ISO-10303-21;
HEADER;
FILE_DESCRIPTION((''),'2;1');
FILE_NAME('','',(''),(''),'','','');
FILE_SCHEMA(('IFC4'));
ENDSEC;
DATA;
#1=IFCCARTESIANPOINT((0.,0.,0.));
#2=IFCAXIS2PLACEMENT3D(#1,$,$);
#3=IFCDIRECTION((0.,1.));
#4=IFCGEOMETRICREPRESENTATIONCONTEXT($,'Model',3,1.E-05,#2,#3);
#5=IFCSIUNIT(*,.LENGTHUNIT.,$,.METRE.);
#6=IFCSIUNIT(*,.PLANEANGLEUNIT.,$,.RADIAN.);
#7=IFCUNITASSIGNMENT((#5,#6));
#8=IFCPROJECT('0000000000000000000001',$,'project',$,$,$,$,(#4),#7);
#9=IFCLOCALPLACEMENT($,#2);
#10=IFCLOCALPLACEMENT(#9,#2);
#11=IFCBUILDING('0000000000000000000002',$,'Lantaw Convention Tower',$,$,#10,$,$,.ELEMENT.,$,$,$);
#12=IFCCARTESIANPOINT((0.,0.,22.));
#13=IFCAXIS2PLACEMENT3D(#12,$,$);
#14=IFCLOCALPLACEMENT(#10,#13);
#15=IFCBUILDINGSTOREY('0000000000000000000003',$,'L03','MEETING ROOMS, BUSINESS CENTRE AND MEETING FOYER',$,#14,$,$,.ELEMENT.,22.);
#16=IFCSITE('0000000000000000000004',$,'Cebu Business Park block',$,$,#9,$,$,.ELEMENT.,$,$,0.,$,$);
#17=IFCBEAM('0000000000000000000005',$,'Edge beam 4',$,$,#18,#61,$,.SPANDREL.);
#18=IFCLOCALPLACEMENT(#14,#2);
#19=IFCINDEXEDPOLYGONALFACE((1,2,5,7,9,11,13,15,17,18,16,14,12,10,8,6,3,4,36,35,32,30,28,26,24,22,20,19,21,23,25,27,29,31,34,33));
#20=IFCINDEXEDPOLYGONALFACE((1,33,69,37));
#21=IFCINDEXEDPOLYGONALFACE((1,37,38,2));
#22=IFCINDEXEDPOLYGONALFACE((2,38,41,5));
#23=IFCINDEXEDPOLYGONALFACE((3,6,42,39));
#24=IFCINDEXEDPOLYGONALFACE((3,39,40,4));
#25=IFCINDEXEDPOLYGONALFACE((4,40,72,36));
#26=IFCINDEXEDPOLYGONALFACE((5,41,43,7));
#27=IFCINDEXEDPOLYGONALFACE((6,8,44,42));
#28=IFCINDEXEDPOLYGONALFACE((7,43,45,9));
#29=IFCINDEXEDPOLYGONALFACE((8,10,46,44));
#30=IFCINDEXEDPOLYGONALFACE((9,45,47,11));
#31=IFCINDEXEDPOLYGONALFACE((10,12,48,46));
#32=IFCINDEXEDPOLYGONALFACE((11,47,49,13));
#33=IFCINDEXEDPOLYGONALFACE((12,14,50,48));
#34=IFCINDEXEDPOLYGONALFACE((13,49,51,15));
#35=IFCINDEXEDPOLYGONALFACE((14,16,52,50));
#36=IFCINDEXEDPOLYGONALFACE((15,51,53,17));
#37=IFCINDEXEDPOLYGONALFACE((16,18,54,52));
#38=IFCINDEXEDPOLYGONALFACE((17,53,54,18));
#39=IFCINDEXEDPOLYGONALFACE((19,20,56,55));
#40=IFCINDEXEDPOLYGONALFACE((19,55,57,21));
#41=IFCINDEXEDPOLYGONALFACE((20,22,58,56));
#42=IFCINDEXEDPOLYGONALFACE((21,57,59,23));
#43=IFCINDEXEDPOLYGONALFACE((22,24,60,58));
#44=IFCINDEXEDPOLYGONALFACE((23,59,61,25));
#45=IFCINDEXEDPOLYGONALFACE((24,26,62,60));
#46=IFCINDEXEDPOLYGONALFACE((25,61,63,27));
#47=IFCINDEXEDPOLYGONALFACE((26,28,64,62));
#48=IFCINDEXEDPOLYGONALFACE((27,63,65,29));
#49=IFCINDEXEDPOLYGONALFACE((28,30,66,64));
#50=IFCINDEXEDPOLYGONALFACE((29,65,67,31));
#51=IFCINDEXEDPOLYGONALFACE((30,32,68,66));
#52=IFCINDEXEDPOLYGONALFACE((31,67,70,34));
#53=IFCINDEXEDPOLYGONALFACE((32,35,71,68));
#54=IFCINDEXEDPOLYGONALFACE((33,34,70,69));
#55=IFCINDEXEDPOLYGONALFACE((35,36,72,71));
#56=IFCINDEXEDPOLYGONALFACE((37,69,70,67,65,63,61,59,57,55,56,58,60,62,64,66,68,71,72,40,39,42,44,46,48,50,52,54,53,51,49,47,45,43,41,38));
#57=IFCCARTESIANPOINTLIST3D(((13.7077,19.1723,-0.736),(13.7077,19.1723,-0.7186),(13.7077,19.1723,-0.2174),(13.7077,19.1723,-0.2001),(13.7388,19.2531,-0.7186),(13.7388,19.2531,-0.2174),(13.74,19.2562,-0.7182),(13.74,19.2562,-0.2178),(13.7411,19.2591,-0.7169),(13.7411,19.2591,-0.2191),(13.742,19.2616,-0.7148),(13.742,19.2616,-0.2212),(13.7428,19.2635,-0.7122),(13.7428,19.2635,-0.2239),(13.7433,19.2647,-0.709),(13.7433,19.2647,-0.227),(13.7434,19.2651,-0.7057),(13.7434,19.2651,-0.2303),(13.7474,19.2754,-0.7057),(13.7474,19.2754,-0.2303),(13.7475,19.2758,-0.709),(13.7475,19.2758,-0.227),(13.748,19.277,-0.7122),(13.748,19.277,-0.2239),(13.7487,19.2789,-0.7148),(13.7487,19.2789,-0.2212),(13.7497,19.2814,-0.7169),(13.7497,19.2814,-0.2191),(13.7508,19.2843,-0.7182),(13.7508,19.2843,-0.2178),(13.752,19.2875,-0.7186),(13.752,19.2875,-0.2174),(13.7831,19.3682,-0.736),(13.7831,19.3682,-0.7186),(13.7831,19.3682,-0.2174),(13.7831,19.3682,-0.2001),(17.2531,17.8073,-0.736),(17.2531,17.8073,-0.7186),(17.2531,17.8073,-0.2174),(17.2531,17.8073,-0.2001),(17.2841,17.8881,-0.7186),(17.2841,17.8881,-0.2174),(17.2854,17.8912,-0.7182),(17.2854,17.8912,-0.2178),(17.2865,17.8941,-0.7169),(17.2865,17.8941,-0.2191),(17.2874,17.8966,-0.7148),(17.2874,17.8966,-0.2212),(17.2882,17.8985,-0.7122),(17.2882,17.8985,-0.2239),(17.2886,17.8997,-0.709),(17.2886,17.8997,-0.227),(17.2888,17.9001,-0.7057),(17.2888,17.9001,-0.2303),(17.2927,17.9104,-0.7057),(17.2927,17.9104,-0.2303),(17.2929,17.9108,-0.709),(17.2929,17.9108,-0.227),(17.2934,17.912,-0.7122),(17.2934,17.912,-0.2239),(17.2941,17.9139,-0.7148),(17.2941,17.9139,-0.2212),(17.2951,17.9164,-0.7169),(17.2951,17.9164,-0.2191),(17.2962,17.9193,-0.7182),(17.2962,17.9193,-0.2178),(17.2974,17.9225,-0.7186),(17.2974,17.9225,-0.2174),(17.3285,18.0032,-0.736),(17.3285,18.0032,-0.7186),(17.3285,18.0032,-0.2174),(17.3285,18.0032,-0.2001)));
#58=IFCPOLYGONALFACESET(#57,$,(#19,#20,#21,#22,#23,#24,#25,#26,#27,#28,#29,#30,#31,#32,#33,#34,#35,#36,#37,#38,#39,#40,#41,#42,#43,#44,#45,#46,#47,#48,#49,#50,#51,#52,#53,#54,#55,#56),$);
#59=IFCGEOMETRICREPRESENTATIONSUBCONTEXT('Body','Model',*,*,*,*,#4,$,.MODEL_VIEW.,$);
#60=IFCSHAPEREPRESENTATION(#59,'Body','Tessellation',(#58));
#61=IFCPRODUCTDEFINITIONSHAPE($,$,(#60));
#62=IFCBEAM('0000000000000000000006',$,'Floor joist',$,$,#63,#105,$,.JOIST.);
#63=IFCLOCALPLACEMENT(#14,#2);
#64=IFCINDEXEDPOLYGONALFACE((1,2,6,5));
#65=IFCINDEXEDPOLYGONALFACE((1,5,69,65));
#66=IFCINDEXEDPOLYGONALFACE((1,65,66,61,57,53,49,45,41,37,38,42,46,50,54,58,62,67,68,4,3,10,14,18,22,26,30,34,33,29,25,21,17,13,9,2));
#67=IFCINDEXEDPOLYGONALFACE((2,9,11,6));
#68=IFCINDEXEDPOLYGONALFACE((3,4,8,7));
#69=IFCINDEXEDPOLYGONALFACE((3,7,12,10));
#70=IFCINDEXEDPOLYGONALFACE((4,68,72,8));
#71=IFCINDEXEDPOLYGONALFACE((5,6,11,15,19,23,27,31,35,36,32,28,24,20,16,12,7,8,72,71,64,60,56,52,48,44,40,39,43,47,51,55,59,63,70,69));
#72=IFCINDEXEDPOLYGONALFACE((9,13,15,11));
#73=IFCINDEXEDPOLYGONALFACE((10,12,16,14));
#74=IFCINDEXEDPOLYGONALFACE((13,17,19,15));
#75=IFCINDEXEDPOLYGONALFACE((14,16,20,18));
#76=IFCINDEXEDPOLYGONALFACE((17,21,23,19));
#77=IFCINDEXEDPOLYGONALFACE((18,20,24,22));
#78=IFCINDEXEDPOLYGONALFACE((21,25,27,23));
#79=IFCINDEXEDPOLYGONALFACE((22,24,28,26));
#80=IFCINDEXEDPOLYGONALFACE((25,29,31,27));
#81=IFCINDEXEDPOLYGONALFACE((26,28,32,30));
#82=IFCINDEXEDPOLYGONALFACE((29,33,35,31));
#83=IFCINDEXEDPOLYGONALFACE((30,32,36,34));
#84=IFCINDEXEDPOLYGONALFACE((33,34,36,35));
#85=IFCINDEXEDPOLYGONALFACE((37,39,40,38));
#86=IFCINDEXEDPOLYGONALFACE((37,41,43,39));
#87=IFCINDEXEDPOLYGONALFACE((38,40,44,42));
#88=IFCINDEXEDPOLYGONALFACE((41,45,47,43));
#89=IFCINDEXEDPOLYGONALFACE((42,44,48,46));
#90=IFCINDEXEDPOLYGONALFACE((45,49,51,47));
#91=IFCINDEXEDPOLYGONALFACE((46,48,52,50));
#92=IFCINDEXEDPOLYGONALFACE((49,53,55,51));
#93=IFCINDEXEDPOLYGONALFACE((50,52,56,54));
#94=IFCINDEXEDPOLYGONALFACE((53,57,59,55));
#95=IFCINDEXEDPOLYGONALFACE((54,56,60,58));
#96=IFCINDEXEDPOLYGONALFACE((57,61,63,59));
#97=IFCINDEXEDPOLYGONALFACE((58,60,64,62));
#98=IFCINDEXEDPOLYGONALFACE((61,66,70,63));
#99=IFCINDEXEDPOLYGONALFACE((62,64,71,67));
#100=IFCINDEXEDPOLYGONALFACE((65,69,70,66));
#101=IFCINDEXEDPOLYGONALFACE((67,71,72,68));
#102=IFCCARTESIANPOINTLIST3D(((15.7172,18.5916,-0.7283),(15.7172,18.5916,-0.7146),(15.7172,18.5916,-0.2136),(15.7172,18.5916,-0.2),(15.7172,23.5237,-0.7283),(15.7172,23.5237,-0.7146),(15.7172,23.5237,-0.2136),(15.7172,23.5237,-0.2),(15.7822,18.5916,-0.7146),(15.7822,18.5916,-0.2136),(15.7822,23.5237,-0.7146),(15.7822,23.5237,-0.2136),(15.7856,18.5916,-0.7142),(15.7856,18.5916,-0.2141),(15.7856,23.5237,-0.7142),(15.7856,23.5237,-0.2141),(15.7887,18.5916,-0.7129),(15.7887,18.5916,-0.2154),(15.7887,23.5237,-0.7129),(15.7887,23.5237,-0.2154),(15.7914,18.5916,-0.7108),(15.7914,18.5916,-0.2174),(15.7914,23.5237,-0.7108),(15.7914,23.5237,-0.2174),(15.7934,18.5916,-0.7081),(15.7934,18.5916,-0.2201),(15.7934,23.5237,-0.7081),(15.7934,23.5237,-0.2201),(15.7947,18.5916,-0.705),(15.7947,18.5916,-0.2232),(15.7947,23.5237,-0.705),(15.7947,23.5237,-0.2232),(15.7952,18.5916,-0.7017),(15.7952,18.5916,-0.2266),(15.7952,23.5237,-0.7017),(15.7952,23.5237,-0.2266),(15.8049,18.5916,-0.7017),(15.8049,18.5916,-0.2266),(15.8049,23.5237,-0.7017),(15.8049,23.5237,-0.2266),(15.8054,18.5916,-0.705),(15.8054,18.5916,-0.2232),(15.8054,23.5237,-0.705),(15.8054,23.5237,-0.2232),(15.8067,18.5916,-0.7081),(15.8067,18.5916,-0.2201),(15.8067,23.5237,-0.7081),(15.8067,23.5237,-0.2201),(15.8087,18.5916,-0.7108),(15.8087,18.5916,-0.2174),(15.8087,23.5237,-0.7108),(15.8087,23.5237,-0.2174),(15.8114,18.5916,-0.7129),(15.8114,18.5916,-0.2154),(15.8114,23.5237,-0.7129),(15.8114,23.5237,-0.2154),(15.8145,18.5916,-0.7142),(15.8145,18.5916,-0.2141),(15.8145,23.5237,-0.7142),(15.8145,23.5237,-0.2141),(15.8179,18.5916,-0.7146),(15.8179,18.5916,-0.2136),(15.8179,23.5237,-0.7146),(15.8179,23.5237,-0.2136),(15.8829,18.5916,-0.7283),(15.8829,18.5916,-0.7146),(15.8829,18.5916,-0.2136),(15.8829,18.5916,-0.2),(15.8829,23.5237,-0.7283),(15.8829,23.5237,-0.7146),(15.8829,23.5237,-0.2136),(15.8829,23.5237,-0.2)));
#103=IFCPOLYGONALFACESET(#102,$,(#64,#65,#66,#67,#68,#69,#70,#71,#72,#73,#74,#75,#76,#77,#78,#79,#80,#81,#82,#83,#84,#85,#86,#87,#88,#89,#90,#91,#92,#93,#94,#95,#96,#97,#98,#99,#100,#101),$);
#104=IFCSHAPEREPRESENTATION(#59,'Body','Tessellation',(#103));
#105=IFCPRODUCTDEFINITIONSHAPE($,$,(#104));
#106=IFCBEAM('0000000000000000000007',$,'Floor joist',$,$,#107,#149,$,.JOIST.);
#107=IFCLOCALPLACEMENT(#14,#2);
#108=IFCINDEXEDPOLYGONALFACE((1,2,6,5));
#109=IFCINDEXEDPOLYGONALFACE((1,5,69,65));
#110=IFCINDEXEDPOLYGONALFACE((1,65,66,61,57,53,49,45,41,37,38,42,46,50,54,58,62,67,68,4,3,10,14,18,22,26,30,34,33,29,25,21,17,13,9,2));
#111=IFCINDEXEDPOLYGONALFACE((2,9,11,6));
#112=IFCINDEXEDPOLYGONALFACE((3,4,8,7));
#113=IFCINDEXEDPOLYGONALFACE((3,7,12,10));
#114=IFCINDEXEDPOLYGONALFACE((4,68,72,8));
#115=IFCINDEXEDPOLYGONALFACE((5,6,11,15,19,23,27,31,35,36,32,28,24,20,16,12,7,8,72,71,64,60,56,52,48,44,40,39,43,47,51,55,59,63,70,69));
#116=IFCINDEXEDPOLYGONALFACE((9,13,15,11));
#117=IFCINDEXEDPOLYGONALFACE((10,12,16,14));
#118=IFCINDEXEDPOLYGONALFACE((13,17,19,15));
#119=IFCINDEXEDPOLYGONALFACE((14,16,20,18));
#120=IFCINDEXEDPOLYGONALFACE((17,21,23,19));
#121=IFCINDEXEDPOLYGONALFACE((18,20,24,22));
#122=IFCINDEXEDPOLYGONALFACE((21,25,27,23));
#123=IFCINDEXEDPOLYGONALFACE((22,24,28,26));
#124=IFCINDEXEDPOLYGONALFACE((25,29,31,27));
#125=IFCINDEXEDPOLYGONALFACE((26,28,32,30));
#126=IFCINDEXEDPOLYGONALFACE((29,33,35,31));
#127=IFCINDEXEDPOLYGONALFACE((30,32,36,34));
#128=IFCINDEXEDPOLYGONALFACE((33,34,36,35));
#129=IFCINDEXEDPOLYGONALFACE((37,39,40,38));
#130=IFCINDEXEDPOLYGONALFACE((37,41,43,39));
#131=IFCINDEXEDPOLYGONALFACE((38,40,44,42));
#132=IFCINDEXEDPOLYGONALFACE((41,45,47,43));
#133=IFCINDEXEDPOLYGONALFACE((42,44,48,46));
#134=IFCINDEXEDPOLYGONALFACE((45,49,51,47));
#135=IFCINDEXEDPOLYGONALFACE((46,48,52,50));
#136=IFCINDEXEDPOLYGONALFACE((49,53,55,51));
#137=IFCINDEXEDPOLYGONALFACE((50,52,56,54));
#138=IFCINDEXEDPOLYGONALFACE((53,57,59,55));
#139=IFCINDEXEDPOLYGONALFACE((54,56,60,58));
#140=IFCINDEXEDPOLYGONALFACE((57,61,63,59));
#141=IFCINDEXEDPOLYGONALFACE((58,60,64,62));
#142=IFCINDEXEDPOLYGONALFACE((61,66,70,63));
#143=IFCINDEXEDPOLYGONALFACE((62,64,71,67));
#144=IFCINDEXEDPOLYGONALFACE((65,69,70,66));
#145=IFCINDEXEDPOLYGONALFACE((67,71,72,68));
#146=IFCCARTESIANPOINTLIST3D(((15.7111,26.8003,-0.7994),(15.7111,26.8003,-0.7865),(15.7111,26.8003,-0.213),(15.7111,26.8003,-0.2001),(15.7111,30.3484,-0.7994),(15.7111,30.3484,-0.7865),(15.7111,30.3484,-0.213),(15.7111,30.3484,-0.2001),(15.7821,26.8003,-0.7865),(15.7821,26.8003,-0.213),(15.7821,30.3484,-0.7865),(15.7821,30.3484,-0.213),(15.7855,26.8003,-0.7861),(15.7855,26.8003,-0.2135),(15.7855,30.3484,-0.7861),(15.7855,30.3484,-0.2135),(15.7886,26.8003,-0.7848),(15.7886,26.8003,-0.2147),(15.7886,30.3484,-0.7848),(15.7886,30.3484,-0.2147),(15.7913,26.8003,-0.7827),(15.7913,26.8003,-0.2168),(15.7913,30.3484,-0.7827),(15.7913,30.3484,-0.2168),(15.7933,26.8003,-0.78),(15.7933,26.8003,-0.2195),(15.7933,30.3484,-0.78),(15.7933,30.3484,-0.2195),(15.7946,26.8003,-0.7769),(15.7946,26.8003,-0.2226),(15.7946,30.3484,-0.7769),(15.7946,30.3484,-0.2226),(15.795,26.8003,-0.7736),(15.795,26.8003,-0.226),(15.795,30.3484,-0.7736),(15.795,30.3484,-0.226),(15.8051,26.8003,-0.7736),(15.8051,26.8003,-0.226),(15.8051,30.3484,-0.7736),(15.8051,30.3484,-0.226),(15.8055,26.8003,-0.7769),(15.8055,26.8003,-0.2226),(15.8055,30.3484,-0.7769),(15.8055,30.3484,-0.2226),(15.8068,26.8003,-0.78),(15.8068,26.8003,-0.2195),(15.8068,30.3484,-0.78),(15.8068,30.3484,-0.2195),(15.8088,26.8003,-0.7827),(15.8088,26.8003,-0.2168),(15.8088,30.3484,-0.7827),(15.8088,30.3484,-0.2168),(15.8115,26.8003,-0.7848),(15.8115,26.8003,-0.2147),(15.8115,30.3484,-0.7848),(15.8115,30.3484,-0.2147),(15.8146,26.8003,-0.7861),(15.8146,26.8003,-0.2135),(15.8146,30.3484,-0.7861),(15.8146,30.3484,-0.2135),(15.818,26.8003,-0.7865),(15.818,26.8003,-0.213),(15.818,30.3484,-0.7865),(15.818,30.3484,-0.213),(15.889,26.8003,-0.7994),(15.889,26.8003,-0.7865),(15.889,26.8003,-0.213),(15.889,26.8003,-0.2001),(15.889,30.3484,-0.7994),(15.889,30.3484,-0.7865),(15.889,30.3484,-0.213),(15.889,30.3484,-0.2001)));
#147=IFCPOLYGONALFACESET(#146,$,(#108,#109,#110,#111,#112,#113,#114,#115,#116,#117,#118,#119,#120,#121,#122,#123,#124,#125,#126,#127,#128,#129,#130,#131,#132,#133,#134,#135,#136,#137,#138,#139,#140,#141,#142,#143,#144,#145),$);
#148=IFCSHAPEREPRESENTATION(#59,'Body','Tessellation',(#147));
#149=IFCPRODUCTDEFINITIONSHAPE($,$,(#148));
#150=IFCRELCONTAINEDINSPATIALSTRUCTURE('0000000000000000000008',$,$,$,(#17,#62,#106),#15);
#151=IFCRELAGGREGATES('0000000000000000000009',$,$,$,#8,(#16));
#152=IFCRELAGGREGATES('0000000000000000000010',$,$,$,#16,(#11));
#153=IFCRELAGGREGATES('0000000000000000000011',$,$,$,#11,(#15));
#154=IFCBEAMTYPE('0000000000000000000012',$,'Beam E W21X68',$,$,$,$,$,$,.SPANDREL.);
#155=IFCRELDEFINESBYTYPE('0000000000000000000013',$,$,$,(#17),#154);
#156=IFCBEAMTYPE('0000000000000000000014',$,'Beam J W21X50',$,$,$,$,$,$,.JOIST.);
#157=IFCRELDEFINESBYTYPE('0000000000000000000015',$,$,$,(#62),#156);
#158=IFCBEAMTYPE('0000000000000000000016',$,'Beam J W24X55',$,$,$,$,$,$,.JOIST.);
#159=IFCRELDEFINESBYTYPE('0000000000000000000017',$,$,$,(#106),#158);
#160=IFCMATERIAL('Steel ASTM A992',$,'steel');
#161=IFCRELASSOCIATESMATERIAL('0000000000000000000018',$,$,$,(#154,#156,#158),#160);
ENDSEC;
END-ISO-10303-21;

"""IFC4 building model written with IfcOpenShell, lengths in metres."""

from ifc_helpers import new_model, si_unit, direction, frame, origin, origin_2d, place, context, subcontext, project, spatial, i_section, extrude, material, material_profile, profile_set, type_object, element, save


model = new_model("IFC4")

# Units and contexts
model_context = context("Model", 3, precision=1e-05, world=origin(), true_north=direction((0.0, 1.0)))
body_context = subcontext(model_context, "Body", "Model", "MODEL_VIEW")
ifc_project = project(units=[si_unit("LENGTHUNIT", "METRE"), si_unit("PLANEANGLEUNIT", "RADIAN")], contexts=[model_context])

# Site, building, storey
site_placement = place(None, origin())
site = spatial("IfcSite", under=ifc_project, at=site_placement, Name="Cebu Business Park block", CompositionType="ELEMENT", RefElevation=0.0)
building_placement = place(site_placement, origin())
building = spatial("IfcBuilding", under=site, at=building_placement, Name="Lantaw Convention Tower", CompositionType="ELEMENT")
storey_placement = place(building_placement, frame((0.0, 0.0, 22.0)))
storey = spatial("IfcBuildingStorey", under=building, at=storey_placement, Name="L03", Description="MEETING ROOMS, BUSINESS CENTRE AND MEETING FOYER", CompositionType="ELEMENT", Elevation=22.0)

# Beams
ifc_material_1 = material(Name="Steel ASTM A992", Category="steel")
ifc_material_profile_1 = material_profile(ifc_material_1, i_section(OverallWidth=0.21, OverallDepth=0.5359, WebThickness=0.011, FlangeThickness=0.0173, FilletRadius=0.0129, at=origin_2d()), Name="W21X68")
ifc_profile_set_1 = profile_set([ifc_material_profile_1], Name="Steel ASTM A992")
beam_type_1 = type_object("IfcBeamType", Name="Beam E W21X68", PredefinedType="SPANDREL", material=ifc_profile_set_1)
beam_1_placement = place(storey_placement, frame((17.2908, 17.9053, -0.468), z_axis=(-0.933225, 0.359293, 0.0), x_axis=(-0.359293, -0.933225, 0.0)))
element("IfcBeam", 1, at=beam_1_placement, inside=storey, type_object=beam_type_1, Name="Edge beam 4", PredefinedType="SPANDREL", context=body_context, shape_type="SweptSolid", body=[
    extrude(i_section(OverallWidth=0.21, OverallDepth=0.5359, WebThickness=0.011, FlangeThickness=0.0173, FilletRadius=0.0129, at=origin_2d()), origin(), (0.0, 0.0, 1.0), 3.7991),
])
ifc_material_profile_2 = material_profile(ifc_material_1, i_section(OverallWidth=0.1658, OverallDepth=0.5283, WebThickness=0.0098, FlangeThickness=0.0137, FilletRadius=0.0129, at=origin_2d()), Name="W21X50")
ifc_profile_set_2 = profile_set([ifc_material_profile_2], Name="Steel ASTM A992")
beam_type_2 = type_object("IfcBeamType", Name="Beam J W21X50", PredefinedType="JOIST", material=ifc_profile_set_2)
beam_2_placement = place(storey_placement, frame((15.8, 18.5916, -0.4641), z_axis=(0.0, 1.0, 0.0), x_axis=(-1.0, 0.0, 0.0)))
element("IfcBeam", 2, at=beam_2_placement, inside=storey, type_object=beam_type_2, Name="Floor joist", PredefinedType="JOIST", context=body_context, shape_type="SweptSolid", body=[
    extrude(i_section(OverallWidth=0.1658, OverallDepth=0.5283, WebThickness=0.0098, FlangeThickness=0.0137, FilletRadius=0.0129, at=origin_2d()), origin(), (0.0, 0.0, 1.0), 4.9321),
])
ifc_material_profile_3 = material_profile(ifc_material_1, i_section(OverallWidth=0.178, OverallDepth=0.5994, WebThickness=0.01, FlangeThickness=0.0129, FilletRadius=0.0129, at=origin_2d()), Name="W24X55")
ifc_profile_set_3 = profile_set([ifc_material_profile_3], Name="Steel ASTM A992")
beam_type_3 = type_object("IfcBeamType", Name="Beam J W24X55", PredefinedType="JOIST", material=ifc_profile_set_3)
beam_3_placement = place(storey_placement, frame((15.8, 26.8003, -0.4998), z_axis=(0.0, 1.0, 0.0), x_axis=(-1.0, 0.0, 0.0)))
element("IfcBeam", 3, at=beam_3_placement, inside=storey, type_object=beam_type_3, Name="Floor joist", PredefinedType="JOIST", context=body_context, shape_type="SweptSolid", body=[
    extrude(i_section(OverallWidth=0.178, OverallDepth=0.5994, WebThickness=0.01, FlangeThickness=0.0129, FilletRadius=0.0129, at=origin_2d()), origin(), (0.0, 0.0, 1.0), 3.5481),
])

save(model, "model.ifc")
